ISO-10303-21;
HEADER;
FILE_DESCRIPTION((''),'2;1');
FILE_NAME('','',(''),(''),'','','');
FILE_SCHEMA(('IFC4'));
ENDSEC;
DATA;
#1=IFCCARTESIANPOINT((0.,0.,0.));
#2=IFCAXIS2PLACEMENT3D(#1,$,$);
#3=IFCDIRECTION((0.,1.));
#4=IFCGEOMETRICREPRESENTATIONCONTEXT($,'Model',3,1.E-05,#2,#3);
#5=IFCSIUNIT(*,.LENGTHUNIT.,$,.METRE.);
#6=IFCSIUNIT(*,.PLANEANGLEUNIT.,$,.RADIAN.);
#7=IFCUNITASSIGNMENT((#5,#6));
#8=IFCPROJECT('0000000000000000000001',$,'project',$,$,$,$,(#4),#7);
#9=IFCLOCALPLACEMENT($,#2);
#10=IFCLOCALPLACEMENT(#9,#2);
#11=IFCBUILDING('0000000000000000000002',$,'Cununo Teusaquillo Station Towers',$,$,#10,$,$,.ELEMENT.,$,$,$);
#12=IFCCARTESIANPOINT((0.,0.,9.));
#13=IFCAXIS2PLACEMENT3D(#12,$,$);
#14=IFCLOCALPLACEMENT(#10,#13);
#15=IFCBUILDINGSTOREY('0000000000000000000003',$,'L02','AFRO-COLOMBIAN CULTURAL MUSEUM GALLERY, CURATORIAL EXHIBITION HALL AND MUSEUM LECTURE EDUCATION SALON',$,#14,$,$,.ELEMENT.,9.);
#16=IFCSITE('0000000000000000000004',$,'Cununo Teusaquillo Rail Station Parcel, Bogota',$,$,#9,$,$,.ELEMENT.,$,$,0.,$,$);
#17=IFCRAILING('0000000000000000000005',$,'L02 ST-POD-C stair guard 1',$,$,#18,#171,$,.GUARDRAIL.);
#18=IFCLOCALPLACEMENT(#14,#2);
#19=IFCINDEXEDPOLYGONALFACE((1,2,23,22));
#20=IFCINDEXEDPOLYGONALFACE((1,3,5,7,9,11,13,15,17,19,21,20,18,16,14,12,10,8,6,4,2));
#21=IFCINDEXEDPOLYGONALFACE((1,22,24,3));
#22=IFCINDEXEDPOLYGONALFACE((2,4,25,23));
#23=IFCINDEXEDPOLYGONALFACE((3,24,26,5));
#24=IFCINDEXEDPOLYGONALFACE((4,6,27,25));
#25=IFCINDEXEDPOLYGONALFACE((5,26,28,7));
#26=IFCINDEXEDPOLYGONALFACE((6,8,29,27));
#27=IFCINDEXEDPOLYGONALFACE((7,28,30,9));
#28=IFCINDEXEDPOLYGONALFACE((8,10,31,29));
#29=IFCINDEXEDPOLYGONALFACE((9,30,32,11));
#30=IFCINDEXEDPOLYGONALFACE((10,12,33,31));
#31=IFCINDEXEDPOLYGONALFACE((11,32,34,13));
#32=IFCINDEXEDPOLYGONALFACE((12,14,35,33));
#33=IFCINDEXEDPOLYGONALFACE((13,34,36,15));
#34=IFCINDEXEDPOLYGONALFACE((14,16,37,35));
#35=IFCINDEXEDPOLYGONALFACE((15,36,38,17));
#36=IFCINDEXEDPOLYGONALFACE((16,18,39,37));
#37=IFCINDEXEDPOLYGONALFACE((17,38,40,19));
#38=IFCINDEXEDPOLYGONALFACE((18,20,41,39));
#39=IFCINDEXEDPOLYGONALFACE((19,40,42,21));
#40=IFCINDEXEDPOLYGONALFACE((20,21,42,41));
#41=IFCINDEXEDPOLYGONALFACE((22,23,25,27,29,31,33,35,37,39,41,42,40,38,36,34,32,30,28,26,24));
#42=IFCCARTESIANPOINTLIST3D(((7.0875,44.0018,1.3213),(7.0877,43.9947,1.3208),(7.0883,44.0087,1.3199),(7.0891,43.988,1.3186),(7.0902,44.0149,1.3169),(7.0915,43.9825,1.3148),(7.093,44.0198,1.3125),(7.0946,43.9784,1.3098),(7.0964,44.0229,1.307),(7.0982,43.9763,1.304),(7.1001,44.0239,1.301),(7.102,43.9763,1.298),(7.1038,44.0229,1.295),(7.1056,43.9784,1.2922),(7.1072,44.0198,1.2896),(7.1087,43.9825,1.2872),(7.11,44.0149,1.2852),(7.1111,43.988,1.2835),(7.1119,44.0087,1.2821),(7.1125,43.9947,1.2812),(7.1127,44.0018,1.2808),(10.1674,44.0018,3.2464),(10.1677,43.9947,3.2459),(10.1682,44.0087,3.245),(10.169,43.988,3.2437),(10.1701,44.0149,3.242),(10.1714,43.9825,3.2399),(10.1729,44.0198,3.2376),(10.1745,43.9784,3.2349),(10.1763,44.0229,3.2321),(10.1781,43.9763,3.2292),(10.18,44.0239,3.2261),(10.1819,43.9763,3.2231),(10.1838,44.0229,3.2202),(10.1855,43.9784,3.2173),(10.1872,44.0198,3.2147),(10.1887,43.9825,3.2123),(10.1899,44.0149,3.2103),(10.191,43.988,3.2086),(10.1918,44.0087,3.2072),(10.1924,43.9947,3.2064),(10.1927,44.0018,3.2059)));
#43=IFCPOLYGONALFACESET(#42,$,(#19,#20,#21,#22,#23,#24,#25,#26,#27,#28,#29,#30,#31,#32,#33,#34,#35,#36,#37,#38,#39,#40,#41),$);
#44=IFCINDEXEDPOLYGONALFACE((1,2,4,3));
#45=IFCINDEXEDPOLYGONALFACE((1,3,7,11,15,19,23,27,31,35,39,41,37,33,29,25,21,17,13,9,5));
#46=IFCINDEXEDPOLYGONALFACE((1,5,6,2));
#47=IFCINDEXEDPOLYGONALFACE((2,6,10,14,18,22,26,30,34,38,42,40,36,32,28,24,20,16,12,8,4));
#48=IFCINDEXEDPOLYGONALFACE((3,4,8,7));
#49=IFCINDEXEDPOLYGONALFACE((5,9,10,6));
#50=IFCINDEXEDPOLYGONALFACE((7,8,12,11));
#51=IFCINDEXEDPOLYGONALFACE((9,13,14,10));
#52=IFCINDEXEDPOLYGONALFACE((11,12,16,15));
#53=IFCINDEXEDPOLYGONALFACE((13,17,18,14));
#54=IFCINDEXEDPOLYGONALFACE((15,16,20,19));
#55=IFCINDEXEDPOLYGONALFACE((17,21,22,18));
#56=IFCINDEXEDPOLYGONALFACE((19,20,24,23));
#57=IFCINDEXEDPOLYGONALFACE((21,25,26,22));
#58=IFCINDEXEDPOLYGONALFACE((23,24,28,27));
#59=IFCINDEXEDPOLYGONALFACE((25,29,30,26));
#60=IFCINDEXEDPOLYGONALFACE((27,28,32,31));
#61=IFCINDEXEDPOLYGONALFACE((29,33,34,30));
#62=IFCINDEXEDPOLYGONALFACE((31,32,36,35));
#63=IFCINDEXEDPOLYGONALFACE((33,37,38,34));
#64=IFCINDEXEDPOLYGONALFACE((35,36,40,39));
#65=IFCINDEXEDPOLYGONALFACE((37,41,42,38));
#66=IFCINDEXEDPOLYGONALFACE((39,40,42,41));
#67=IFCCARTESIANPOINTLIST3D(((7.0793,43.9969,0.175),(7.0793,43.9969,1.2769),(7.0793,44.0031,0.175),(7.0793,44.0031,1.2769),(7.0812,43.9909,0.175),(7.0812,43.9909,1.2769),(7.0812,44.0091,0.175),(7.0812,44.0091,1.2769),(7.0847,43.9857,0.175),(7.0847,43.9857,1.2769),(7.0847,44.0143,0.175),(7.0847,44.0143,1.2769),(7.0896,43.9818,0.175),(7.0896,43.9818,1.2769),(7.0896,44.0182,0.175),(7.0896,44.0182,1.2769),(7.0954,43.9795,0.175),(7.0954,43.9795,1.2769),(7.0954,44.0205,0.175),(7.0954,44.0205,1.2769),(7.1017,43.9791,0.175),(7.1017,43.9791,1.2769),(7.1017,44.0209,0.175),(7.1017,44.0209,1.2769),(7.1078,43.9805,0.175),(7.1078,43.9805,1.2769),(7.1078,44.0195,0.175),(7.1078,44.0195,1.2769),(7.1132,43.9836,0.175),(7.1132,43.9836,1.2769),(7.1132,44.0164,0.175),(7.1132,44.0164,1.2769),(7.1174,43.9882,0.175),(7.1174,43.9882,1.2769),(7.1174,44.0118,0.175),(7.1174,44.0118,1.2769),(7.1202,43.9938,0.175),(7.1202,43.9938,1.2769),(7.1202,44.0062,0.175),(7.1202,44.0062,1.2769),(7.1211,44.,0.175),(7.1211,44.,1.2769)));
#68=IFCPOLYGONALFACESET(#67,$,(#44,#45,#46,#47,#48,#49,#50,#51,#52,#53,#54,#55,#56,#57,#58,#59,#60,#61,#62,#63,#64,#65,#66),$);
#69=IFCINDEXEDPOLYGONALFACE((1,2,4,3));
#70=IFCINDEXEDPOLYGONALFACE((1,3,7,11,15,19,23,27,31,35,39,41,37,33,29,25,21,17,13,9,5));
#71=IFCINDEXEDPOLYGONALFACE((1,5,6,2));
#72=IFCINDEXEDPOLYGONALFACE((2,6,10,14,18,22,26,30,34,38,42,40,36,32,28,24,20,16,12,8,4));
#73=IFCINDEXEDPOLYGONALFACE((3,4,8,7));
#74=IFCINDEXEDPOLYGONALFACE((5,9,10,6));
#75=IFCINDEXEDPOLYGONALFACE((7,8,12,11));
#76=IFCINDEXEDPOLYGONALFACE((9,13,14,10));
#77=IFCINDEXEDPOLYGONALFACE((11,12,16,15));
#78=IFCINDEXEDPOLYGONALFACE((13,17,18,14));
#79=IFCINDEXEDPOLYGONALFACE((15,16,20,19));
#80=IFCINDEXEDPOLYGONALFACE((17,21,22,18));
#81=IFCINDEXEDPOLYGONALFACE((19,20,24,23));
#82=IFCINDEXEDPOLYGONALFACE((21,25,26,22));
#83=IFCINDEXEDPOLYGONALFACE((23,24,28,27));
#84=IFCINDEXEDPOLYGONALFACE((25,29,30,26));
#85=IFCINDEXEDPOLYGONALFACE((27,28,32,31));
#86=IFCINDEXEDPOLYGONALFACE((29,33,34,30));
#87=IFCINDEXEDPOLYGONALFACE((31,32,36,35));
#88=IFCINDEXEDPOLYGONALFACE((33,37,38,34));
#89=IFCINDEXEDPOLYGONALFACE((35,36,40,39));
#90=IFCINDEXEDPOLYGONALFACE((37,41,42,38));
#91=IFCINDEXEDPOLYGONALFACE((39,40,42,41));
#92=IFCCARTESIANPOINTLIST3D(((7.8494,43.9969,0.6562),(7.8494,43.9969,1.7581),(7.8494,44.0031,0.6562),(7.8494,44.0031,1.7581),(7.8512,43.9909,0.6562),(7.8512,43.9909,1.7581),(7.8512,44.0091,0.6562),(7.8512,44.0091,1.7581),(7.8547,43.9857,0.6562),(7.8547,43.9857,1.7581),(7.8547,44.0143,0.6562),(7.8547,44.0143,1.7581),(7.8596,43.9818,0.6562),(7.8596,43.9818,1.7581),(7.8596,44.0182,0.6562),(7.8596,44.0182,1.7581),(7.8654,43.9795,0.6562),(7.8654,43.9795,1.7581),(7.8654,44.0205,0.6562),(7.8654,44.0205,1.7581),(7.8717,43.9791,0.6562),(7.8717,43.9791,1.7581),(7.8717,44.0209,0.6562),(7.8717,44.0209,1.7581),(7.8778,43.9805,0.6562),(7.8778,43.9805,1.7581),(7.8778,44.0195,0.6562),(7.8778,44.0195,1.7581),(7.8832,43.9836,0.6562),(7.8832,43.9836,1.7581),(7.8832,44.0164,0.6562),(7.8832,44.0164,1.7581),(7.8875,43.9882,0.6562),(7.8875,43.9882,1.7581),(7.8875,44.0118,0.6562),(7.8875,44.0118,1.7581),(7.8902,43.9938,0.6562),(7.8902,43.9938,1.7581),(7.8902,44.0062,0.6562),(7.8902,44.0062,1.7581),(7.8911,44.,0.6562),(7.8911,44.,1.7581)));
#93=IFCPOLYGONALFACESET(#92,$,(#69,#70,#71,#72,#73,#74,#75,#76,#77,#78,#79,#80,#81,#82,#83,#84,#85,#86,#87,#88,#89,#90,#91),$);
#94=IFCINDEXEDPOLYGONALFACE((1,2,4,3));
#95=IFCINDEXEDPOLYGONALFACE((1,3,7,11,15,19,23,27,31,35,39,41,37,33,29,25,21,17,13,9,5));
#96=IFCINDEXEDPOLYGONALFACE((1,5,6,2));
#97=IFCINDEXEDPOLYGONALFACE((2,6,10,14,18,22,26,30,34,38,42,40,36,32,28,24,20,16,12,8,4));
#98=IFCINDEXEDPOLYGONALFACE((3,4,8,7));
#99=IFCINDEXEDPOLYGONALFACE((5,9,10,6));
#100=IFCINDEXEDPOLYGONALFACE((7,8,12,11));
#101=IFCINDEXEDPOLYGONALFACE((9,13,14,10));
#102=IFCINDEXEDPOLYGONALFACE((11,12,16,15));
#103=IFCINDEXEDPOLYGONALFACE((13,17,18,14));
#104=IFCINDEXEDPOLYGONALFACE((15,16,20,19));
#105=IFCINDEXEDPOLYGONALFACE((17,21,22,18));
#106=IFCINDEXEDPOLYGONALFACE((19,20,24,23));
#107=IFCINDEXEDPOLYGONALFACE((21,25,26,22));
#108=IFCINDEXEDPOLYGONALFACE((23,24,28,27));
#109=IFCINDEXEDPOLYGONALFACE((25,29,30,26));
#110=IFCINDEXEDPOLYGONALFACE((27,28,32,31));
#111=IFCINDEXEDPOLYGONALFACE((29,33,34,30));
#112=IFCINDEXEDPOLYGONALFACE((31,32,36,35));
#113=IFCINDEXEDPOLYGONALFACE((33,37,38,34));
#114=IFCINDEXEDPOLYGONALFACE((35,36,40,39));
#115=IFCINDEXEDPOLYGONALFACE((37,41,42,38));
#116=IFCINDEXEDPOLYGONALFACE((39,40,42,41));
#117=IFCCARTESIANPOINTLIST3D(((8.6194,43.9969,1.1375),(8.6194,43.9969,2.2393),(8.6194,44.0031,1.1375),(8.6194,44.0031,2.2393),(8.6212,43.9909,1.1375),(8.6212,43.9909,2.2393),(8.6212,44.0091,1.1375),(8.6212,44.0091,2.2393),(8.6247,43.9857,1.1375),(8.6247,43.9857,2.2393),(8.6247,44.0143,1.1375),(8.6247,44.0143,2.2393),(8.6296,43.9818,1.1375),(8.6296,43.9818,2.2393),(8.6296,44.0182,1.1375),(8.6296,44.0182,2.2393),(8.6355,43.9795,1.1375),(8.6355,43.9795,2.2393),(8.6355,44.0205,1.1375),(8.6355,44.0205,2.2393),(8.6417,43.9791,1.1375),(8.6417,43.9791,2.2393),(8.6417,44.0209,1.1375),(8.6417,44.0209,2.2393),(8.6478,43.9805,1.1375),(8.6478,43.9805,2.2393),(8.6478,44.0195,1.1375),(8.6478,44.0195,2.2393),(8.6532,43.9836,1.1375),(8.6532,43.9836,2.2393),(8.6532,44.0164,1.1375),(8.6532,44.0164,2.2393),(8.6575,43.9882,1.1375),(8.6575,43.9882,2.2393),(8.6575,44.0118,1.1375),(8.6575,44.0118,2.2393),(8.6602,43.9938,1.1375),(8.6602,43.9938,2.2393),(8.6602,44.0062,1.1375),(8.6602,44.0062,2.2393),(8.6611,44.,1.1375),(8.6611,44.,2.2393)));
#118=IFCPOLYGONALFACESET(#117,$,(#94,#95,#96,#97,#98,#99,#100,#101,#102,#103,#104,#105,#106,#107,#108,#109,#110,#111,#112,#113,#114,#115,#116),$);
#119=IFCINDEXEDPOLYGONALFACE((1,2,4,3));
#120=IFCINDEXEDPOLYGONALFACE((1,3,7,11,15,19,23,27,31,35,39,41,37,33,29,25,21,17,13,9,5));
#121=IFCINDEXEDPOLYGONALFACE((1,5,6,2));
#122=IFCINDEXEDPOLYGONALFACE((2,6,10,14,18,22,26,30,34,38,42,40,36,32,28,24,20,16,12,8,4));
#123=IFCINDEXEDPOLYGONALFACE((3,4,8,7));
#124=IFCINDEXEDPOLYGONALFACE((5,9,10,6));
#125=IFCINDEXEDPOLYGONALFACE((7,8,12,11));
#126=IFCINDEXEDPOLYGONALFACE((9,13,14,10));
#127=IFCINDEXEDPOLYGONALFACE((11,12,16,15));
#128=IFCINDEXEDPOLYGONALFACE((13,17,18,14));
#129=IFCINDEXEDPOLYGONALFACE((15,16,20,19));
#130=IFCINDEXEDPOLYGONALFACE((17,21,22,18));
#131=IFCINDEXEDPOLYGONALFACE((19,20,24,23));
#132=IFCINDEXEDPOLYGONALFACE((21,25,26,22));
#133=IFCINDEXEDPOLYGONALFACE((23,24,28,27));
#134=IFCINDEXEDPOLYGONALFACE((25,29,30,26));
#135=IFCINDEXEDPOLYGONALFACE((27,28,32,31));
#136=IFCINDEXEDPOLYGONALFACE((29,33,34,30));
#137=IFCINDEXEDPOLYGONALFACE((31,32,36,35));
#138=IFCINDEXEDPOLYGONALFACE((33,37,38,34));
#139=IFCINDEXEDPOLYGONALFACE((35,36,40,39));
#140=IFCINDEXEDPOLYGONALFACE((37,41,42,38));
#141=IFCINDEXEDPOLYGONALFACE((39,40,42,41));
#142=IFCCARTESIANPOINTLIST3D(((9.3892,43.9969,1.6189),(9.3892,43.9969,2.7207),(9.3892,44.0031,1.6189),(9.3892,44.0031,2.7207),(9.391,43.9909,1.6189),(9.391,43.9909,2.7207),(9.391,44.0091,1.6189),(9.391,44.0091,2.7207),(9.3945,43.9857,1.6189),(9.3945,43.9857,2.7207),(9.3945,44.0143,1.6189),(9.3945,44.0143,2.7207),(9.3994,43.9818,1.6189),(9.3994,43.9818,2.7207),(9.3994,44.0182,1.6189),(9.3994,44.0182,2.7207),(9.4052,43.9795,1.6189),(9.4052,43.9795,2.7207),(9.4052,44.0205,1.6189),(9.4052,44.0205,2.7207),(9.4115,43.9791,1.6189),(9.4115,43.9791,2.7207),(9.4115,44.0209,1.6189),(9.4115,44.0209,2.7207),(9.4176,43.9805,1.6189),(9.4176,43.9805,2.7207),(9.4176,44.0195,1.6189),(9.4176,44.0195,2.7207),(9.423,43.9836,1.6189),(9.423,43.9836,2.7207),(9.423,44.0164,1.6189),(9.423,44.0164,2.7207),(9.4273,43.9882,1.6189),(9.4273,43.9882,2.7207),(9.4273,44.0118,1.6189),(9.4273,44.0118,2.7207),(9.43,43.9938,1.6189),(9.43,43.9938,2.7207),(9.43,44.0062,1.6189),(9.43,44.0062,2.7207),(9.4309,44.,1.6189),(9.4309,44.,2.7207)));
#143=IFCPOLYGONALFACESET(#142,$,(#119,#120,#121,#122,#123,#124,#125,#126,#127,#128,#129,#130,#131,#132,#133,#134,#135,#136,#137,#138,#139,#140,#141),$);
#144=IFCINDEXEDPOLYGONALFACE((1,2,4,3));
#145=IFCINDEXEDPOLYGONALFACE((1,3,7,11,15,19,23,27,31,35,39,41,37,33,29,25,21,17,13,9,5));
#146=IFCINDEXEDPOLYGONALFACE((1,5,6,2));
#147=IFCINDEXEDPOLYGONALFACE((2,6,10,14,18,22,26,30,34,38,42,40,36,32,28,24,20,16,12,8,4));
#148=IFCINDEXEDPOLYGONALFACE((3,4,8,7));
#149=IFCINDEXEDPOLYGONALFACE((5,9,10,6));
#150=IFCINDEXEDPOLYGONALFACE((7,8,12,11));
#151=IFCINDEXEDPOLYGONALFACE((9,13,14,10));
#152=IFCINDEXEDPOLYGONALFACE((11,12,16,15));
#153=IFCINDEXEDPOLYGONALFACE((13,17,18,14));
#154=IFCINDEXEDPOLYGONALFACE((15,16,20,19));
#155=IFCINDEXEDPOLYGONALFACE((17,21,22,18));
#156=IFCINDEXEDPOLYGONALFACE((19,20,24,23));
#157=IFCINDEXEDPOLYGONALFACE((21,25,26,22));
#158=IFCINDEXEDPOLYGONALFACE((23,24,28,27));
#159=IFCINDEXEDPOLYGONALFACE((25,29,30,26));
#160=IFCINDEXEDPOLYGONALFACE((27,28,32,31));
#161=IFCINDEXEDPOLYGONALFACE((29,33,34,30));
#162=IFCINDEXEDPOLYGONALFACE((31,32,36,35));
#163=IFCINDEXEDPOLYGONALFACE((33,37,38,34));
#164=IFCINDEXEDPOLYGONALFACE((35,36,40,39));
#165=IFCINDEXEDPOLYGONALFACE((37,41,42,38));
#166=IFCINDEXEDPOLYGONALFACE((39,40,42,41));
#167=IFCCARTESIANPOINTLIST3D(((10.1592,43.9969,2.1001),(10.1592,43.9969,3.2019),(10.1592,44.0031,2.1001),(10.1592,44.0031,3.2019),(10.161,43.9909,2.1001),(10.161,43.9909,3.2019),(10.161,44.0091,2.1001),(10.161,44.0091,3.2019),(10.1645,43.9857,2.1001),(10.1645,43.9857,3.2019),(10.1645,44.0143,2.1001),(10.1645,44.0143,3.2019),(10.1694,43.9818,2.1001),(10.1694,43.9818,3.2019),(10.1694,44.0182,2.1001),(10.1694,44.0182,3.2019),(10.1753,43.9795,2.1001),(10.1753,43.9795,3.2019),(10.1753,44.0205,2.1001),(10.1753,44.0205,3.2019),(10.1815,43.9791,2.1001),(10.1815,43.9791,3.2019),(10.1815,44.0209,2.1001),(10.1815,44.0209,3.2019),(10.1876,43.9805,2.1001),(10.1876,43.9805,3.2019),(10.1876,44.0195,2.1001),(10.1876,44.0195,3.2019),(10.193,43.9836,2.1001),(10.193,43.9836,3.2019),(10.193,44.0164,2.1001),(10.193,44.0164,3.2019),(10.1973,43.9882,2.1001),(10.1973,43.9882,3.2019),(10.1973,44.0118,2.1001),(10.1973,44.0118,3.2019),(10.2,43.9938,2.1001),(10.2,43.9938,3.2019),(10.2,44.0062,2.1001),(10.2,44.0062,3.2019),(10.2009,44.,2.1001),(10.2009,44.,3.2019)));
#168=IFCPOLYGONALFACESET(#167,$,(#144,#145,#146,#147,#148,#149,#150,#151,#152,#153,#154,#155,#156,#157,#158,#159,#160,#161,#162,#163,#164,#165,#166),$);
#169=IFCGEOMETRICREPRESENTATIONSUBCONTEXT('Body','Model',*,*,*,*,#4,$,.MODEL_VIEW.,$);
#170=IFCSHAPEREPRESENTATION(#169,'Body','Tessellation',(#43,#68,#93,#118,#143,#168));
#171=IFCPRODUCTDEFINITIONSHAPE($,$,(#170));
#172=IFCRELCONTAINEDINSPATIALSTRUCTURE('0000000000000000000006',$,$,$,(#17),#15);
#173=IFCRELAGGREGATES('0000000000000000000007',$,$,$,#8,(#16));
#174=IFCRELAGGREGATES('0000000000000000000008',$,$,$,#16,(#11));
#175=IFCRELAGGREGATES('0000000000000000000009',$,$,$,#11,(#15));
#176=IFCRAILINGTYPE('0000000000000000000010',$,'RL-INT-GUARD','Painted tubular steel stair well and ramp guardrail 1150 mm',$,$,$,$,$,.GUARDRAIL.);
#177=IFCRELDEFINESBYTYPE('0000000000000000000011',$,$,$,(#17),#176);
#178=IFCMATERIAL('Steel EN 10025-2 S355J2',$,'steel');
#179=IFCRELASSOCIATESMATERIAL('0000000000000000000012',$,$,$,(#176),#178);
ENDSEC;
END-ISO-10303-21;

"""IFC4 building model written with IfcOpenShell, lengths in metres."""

from ifc_helpers import new_model, si_unit, direction, frame, origin, origin_2d, place, context, subcontext, project, spatial, circle, extrude, material, type_object, element, save


model = new_model("IFC4")

# Units and contexts
model_context = context("Model", 3, precision=1e-05, world=origin(), true_north=direction((0.0, 1.0)))
body_context = subcontext(model_context, "Body", "Model", "MODEL_VIEW")
ifc_project = project(units=[si_unit("LENGTHUNIT", "METRE"), si_unit("PLANEANGLEUNIT", "RADIAN")], contexts=[model_context])

# Site, building, storey
site_placement = place(None, origin())
site = spatial("IfcSite", under=ifc_project, at=site_placement, Name="Cununo Teusaquillo Rail Station Parcel, Bogota", CompositionType="ELEMENT", RefElevation=0.0)
building_placement = place(site_placement, origin())
building = spatial("IfcBuilding", under=site, at=building_placement, Name="Cununo Teusaquillo Station Towers", CompositionType="ELEMENT")
storey_placement = place(building_placement, frame((0.0, 0.0, 9.0)))
storey = spatial("IfcBuildingStorey", under=building, at=storey_placement, Name="L02", Description="AFRO-COLOMBIAN CULTURAL MUSEUM GALLERY, CURATORIAL EXHIBITION HALL AND MUSEUM LECTURE EDUCATION SALON", CompositionType="ELEMENT", Elevation=9.0)

# Railing
ifc_material_1 = material(Name="Steel EN 10025-2 S355J2", Category="steel")
railing_type_1 = type_object("IfcRailingType", Name="RL-INT-GUARD", Description="Painted tubular steel stair well and ramp guardrail 1150 mm", PredefinedType="GUARDRAIL", material=ifc_material_1)
railing_1_placement = place(storey_placement, frame((7.1001, 44.0, 0.175)))
element("IfcRailing", 1, at=railing_1_placement, inside=storey, type_object=railing_type_1, Name="L02 ST-POD-C stair guard 1", PredefinedType="GUARDRAIL", context=body_context, shape_type="SweptSolid", body=[
    extrude(circle(Radius=0.0239, at=origin_2d()), frame((0.0, 0.0, 1.126), z_axis=(0.847979, 0.0, 0.530029), x_axis=(0.0, 1.0, 0.0)), (0.0, 0.0, 1.0), 3.6321),
    extrude(circle(Radius=0.021, at=origin_2d()), origin(), (0.0, 0.0, 1.0), 1.1018),
    extrude(circle(Radius=0.021, at=origin_2d()), frame((0.77, 0.0, 0.4812)), (0.0, 0.0, 1.0), 1.1018),
    extrude(circle(Radius=0.021, at=origin_2d()), frame((1.54, 0.0, 0.9624)), (0.0, 0.0, 1.0), 1.1018),
    extrude(circle(Radius=0.021, at=origin_2d()), frame((2.3098, 0.0, 1.4438)), (0.0, 0.0, 1.0), 1.1018),
    extrude(circle(Radius=0.021, at=origin_2d()), frame((3.0798, 0.0, 1.925)), (0.0, 0.0, 1.0), 1.1018),
])

save(model, "model.ifc")
